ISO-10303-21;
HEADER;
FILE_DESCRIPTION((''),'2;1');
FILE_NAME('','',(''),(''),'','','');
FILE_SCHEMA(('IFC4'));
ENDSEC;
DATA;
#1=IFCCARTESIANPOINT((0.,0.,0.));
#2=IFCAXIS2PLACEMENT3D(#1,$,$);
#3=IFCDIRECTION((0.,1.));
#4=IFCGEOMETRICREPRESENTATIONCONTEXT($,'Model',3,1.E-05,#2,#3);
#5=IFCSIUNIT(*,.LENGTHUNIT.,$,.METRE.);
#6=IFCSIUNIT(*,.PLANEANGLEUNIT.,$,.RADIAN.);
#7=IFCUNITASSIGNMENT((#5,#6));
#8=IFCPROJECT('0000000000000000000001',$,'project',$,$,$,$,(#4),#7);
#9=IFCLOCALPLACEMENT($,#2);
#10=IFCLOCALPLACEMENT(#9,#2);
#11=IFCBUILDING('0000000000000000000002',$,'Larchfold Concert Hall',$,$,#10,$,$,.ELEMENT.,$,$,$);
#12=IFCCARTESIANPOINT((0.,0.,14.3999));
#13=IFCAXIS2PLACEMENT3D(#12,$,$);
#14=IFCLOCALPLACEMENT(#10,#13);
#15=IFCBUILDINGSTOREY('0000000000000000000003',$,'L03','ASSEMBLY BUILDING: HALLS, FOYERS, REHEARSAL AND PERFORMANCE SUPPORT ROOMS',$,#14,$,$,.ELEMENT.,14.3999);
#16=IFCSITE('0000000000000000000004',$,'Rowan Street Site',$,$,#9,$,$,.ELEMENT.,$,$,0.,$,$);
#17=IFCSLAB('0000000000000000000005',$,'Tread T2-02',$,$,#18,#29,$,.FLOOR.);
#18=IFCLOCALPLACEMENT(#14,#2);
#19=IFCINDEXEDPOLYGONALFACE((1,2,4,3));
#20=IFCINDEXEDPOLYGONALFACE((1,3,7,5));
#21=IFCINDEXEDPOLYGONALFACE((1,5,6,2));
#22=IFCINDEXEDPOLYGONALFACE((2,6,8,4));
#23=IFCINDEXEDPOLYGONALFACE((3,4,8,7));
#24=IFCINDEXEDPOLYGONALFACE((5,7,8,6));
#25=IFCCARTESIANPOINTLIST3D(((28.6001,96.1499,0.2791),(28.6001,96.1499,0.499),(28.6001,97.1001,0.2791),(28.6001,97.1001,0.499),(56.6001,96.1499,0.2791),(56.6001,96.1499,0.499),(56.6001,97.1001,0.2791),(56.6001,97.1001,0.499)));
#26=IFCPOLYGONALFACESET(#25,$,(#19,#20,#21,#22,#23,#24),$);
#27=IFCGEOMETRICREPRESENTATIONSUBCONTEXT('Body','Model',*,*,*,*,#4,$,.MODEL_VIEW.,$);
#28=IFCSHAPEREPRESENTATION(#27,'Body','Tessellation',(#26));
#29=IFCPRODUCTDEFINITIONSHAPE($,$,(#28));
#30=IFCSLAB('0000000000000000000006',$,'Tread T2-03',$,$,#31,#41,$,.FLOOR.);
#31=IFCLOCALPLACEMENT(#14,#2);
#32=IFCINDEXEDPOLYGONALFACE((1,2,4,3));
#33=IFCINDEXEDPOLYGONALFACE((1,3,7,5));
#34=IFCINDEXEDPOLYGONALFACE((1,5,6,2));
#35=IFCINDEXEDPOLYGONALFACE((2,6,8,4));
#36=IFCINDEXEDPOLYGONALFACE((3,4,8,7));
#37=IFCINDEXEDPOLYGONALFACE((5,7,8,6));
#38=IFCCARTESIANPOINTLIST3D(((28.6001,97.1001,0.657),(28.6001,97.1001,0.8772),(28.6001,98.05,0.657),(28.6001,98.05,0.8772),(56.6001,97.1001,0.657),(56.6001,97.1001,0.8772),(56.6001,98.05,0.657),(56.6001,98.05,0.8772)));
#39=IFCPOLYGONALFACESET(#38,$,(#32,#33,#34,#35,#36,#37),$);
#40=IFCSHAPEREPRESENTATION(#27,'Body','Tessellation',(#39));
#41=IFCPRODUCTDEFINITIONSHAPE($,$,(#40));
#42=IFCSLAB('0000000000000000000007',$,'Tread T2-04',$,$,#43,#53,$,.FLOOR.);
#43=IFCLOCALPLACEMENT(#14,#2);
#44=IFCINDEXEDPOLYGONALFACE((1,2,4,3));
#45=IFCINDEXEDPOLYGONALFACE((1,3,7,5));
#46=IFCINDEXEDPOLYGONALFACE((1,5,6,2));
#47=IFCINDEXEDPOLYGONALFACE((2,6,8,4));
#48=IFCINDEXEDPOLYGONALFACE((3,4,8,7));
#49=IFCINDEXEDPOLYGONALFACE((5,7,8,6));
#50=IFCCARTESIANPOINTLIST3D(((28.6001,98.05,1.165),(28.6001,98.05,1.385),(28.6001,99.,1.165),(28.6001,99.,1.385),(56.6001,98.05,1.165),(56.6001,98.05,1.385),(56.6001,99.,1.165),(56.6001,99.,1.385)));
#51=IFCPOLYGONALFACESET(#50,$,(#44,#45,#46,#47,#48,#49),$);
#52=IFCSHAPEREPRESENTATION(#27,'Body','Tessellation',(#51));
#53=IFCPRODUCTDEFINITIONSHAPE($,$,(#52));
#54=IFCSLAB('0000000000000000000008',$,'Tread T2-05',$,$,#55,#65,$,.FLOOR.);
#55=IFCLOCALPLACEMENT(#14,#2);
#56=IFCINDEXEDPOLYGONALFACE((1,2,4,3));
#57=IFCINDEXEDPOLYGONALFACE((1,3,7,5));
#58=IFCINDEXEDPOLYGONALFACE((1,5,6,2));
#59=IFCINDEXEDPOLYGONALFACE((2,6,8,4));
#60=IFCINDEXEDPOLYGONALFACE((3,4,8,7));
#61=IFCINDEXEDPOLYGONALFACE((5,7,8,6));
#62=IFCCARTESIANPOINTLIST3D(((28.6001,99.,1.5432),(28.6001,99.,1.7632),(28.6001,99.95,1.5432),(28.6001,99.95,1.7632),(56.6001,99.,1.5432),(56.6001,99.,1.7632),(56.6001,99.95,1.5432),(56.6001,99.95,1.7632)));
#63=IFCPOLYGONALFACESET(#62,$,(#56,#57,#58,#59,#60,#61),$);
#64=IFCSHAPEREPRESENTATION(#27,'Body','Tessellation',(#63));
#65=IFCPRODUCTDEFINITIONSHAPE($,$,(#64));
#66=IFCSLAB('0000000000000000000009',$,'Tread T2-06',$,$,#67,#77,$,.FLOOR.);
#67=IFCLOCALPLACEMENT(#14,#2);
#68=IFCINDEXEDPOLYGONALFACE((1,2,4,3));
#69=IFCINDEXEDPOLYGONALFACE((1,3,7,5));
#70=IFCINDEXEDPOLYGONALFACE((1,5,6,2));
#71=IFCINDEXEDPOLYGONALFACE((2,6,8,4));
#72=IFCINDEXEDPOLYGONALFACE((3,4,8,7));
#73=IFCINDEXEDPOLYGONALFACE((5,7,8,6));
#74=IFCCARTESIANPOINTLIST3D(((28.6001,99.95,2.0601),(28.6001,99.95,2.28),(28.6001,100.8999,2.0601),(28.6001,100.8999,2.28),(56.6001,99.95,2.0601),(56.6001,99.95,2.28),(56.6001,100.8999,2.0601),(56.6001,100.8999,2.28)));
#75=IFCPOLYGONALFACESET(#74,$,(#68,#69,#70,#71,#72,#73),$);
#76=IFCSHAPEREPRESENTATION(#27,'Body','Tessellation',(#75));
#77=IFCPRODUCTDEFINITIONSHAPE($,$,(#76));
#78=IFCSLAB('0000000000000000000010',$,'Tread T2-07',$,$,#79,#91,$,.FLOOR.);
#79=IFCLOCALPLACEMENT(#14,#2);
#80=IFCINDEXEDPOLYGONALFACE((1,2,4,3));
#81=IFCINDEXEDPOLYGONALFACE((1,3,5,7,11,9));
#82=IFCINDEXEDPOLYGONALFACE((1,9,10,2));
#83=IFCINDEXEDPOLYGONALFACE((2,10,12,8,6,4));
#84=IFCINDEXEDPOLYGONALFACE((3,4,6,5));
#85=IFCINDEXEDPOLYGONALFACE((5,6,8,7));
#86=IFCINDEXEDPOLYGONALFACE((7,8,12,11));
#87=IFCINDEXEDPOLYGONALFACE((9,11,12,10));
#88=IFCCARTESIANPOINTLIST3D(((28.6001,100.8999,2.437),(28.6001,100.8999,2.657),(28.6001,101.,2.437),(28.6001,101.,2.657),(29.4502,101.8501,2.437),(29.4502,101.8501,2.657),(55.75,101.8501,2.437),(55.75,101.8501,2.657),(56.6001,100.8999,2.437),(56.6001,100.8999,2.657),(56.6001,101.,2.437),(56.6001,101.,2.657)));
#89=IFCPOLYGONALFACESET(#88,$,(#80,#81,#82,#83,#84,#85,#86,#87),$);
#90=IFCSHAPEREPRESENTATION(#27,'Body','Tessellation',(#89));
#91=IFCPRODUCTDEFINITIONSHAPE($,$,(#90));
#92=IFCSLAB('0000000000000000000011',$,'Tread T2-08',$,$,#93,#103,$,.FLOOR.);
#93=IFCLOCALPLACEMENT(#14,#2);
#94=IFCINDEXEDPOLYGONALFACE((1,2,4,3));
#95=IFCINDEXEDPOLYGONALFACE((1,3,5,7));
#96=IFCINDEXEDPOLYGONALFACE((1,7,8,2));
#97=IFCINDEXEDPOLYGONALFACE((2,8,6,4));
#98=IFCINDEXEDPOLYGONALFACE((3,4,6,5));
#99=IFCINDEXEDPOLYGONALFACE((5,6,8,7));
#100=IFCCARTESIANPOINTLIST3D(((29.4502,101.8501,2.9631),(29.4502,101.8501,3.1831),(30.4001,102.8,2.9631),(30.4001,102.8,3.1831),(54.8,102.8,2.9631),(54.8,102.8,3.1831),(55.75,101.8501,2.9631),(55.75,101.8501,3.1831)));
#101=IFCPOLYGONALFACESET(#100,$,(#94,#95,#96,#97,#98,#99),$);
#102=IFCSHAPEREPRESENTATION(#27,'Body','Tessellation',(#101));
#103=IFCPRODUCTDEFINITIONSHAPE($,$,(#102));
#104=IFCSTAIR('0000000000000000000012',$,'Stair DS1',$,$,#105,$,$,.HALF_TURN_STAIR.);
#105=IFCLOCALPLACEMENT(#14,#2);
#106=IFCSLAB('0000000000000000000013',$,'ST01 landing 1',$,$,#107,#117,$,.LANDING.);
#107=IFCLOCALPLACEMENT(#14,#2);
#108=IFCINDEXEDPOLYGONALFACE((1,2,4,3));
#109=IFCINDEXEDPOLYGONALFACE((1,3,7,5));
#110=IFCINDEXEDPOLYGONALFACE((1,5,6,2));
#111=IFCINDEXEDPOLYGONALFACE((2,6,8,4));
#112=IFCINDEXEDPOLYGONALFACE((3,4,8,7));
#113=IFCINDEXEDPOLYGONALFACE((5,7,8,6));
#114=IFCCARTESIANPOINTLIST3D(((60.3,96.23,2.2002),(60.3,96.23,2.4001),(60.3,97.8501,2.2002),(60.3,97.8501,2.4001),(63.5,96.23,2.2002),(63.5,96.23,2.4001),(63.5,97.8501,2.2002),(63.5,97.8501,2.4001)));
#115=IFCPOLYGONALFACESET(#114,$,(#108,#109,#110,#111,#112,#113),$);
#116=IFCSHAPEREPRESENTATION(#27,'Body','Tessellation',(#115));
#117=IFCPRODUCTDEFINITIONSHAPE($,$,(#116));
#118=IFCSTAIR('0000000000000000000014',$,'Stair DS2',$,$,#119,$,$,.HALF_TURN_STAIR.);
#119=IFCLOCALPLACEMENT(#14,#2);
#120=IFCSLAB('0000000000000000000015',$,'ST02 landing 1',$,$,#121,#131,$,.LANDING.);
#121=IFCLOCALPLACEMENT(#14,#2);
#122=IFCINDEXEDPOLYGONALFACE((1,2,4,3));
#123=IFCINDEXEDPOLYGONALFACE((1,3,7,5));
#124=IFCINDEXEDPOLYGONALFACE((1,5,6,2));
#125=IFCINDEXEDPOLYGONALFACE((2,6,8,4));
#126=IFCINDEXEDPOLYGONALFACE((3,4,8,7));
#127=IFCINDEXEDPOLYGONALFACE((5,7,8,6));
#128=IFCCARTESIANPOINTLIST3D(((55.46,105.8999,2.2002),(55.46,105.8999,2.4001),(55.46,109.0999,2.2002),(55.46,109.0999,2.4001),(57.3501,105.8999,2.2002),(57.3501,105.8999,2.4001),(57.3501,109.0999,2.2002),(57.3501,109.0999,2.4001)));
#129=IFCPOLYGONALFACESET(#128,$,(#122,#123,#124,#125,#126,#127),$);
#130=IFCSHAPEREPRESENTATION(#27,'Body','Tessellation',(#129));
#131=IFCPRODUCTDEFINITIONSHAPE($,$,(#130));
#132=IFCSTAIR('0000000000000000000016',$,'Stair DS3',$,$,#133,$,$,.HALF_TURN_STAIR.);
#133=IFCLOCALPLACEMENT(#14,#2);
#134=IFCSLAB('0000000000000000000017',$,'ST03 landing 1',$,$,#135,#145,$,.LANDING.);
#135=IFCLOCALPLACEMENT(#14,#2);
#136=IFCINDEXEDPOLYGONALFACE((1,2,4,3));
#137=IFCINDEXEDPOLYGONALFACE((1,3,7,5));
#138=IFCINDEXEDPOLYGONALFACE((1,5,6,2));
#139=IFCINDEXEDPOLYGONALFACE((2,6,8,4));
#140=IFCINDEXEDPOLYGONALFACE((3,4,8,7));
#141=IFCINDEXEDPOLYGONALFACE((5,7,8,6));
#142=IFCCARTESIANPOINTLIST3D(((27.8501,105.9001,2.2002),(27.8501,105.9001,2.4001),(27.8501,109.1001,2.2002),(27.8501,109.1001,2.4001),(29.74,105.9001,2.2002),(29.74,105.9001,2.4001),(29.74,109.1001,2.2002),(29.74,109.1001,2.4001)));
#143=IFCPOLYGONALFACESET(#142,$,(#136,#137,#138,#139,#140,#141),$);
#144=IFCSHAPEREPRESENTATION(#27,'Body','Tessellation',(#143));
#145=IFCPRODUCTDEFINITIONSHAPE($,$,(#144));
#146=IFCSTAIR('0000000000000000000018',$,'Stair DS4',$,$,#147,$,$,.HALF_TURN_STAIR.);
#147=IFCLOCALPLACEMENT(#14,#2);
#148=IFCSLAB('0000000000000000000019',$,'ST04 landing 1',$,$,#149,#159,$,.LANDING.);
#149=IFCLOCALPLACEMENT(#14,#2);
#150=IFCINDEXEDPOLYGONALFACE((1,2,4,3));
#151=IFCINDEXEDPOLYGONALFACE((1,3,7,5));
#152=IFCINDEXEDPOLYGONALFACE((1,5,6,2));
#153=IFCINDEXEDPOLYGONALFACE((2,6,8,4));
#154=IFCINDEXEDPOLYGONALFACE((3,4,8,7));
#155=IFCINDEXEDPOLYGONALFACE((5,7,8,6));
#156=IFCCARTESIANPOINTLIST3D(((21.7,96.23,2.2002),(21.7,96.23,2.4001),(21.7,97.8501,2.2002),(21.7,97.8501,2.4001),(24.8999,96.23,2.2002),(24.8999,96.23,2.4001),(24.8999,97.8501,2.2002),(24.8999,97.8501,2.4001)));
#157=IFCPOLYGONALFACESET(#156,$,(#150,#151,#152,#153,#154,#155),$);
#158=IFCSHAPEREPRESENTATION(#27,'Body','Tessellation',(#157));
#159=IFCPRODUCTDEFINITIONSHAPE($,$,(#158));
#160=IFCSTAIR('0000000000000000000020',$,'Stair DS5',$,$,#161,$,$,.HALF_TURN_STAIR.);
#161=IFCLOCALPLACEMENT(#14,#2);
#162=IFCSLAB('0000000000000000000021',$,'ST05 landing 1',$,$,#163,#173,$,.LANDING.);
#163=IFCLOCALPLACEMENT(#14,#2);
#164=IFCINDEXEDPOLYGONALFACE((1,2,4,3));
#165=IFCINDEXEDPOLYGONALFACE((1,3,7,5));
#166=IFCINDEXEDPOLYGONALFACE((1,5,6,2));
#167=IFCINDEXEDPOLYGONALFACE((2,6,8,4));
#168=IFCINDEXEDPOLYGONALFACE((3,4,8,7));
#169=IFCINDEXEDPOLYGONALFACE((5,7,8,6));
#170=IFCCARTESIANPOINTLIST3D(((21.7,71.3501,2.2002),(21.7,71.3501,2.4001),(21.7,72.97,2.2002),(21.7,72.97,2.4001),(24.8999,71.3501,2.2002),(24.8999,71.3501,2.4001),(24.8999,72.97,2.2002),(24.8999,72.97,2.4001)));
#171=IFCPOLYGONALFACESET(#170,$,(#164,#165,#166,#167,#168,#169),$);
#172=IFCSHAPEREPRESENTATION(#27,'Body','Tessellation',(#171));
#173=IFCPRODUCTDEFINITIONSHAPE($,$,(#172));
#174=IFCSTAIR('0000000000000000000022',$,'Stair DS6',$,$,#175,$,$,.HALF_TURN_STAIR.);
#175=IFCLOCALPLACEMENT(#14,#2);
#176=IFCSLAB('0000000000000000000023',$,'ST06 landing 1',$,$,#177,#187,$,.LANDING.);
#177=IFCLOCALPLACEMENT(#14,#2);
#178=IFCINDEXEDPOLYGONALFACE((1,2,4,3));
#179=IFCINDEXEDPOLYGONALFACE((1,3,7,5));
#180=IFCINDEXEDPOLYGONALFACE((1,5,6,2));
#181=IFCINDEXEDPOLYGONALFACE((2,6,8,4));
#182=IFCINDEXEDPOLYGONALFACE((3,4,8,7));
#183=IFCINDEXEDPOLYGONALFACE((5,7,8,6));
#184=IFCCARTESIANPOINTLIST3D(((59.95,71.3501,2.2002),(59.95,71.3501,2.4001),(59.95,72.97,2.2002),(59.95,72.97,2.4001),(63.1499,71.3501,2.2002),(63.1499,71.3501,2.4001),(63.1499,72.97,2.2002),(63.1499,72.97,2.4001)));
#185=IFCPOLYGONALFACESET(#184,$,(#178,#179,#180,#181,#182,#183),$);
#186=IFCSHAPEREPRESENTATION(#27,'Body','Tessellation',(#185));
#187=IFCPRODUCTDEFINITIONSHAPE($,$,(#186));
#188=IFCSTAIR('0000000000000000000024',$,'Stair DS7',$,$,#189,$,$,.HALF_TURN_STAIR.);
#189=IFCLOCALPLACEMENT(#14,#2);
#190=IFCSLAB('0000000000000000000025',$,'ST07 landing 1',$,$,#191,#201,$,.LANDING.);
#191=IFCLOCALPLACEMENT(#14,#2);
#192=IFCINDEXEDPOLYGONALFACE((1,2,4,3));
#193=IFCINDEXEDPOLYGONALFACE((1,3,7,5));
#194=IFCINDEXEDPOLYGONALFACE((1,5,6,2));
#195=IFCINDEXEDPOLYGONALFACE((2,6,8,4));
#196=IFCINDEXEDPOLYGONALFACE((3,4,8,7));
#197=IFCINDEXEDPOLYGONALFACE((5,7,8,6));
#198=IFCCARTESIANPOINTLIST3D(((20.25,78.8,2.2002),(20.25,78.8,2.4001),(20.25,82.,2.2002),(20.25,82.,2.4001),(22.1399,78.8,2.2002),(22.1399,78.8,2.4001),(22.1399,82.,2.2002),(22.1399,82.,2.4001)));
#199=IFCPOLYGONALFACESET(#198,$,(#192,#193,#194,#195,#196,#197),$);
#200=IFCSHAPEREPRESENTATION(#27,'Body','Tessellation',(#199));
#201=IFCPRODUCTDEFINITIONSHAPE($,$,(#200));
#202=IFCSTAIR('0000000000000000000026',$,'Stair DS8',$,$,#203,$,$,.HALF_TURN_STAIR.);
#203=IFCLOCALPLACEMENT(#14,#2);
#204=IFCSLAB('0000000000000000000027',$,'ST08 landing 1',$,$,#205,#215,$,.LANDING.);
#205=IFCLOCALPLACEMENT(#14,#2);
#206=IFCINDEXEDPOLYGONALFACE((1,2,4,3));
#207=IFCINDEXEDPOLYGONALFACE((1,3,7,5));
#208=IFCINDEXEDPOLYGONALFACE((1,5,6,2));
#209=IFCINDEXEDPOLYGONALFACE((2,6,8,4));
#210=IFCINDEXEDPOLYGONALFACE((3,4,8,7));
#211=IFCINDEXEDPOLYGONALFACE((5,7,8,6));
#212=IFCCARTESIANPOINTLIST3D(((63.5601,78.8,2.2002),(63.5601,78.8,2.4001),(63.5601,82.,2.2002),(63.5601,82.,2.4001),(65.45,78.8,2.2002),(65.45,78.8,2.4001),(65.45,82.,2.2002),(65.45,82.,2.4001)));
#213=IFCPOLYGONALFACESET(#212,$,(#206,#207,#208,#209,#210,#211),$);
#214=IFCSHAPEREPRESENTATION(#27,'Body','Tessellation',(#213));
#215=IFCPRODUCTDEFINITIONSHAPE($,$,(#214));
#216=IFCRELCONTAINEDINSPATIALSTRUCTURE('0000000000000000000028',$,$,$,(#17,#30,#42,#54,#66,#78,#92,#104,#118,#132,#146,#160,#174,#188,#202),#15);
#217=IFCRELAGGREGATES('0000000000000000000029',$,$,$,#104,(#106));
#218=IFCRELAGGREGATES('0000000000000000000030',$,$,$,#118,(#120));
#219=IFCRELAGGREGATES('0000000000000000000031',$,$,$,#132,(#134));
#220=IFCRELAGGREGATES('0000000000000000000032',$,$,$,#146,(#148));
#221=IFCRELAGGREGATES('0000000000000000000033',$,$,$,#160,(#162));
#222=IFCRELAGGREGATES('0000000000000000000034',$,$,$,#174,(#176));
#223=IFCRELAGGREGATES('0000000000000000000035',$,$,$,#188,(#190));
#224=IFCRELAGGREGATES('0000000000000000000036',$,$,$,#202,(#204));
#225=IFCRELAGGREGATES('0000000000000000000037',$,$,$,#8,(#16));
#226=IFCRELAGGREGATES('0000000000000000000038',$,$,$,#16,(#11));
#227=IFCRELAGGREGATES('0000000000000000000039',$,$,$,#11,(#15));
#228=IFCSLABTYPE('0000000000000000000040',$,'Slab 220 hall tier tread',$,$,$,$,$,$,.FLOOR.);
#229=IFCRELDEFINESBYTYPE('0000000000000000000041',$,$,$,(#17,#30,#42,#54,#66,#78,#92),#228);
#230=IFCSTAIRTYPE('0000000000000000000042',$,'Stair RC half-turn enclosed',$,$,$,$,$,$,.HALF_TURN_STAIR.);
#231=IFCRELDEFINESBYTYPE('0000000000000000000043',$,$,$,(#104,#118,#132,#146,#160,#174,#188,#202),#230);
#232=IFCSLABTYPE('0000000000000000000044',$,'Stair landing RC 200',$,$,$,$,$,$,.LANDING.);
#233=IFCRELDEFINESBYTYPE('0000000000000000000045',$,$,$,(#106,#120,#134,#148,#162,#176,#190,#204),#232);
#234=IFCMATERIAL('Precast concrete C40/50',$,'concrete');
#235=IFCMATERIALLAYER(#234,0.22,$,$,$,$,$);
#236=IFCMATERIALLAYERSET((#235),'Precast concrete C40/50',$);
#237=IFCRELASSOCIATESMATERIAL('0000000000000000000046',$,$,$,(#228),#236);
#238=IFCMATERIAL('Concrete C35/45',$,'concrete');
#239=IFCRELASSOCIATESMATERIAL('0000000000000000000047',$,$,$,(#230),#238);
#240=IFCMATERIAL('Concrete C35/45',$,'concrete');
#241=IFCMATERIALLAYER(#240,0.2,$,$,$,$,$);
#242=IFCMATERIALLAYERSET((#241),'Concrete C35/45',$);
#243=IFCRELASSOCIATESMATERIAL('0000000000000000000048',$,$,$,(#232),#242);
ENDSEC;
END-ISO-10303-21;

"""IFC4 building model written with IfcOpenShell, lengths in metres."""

from ifc_helpers import new_model, si_unit, direction, frame, origin, place, context, subcontext, project, spatial, polyline, outline, extrude, material, layer, layer_set, type_object, element, aggregate, save


model = new_model("IFC4")

# Units and contexts
model_context = context("Model", 3, precision=1e-05, world=origin(), true_north=direction((0.0, 1.0)))
body_context = subcontext(model_context, "Body", "Model", "MODEL_VIEW")
ifc_project = project(units=[si_unit("LENGTHUNIT", "METRE"), si_unit("PLANEANGLEUNIT", "RADIAN")], contexts=[model_context])

# Site, building, storey
site_placement = place(None, origin())
site = spatial("IfcSite", under=ifc_project, at=site_placement, Name="Rowan Street Site", CompositionType="ELEMENT", RefElevation=0.0)
building_placement = place(site_placement, origin())
building = spatial("IfcBuilding", under=site, at=building_placement, Name="Larchfold Concert Hall", CompositionType="ELEMENT")
storey_placement = place(building_placement, frame((0.0, 0.0, 14.3999)))
storey = spatial("IfcBuildingStorey", under=building, at=storey_placement, Name="L03", Description="ASSEMBLY BUILDING: HALLS, FOYERS, REHEARSAL AND PERFORMANCE SUPPORT ROOMS", CompositionType="ELEMENT", Elevation=14.3999)

# Slabs
ifc_material_1 = material(Name="Precast concrete C40/50", Category="concrete")
ifc_layer_1 = layer(ifc_material_1, 0.22)
ifc_layer_set_1 = layer_set([ifc_layer_1], Name="Precast concrete C40/50")
slab_type_1 = type_object("IfcSlabType", Name="Slab 220 hall tier tread", PredefinedType="FLOOR", material=ifc_layer_set_1)
slab_1_placement = place(storey_placement, frame((0.0, 0.0, 0.2791)))
element("IfcSlab", 1, at=slab_1_placement, inside=storey, type_object=slab_type_1, Name="Tread T2-02", PredefinedType="FLOOR", context=body_context, shape_type="SweptSolid", body=[
    extrude(outline(polyline([(56.6001, 97.1001), (28.6001, 97.1001), (28.6001, 96.1499), (56.6001, 96.1499), (56.6001, 97.1001)])), origin(), (0.0, 0.0, 1.0), 0.22),
])
slab_2_placement = place(storey_placement, frame((0.0, 0.0, 0.657)))
element("IfcSlab", 2, at=slab_2_placement, inside=storey, type_object=slab_type_1, Name="Tread T2-03", PredefinedType="FLOOR", context=body_context, shape_type="SweptSolid", body=[
    extrude(outline(polyline([(56.6001, 98.05), (28.6001, 98.05), (28.6001, 97.1001), (56.6001, 97.1001), (56.6001, 98.05)])), origin(), (0.0, 0.0, 1.0), 0.2202),
])
slab_3_placement = place(storey_placement, frame((0.0, 0.0, 1.165)))
element("IfcSlab", 3, at=slab_3_placement, inside=storey, type_object=slab_type_1, Name="Tread T2-04", PredefinedType="FLOOR", context=body_context, shape_type="SweptSolid", body=[
    extrude(outline(polyline([(56.6001, 99.0), (28.6001, 99.0), (28.6001, 98.05), (56.6001, 98.05), (56.6001, 99.0)])), origin(), (0.0, 0.0, 1.0), 0.22),
])
slab_4_placement = place(storey_placement, frame((0.0, 0.0, 1.5432)))
element("IfcSlab", 4, at=slab_4_placement, inside=storey, type_object=slab_type_1, Name="Tread T2-05", PredefinedType="FLOOR", context=body_context, shape_type="SweptSolid", body=[
    extrude(outline(polyline([(56.6001, 99.95), (28.6001, 99.95), (28.6001, 99.0), (56.6001, 99.0), (56.6001, 99.95)])), origin(), (0.0, 0.0, 1.0), 0.22),
])
slab_5_placement = place(storey_placement, frame((0.0, 0.0, 2.0601)))
element("IfcSlab", 5, at=slab_5_placement, inside=storey, type_object=slab_type_1, Name="Tread T2-06", PredefinedType="FLOOR", context=body_context, shape_type="SweptSolid", body=[
    extrude(outline(polyline([(56.6001, 100.8999), (28.6001, 100.8999), (28.6001, 99.95), (56.6001, 99.95), (56.6001, 100.8999)])), origin(), (0.0, 0.0, 1.0), 0.22),
])
slab_6_placement = place(storey_placement, frame((0.0, 0.0, 2.437)))
element("IfcSlab", 6, at=slab_6_placement, inside=storey, type_object=slab_type_1, Name="Tread T2-07", PredefinedType="FLOOR", context=body_context, shape_type="SweptSolid", body=[
    extrude(outline(polyline([(55.75, 101.8501), (29.4502, 101.8501), (28.6001, 101.0), (28.6001, 100.8999), (56.6001, 100.8999), (56.6001, 101.0), (55.75, 101.8501)])), origin(), (0.0, 0.0, 1.0), 0.22),
])
slab_7_placement = place(storey_placement, frame((0.0, 0.0, 2.9631)))
element("IfcSlab", 7, at=slab_7_placement, inside=storey, type_object=slab_type_1, Name="Tread T2-08", PredefinedType="FLOOR", context=body_context, shape_type="SweptSolid", body=[
    extrude(outline(polyline([(54.8, 102.8), (30.4001, 102.8), (29.4502, 101.8501), (55.75, 101.8501), (54.8, 102.8)])), origin(), (0.0, 0.0, 1.0), 0.22),
])

# Stairs, slabs
ifc_material_2 = material(Name="Concrete C35/45", Category="concrete")
stair_type = type_object("IfcStairType", Name="Stair RC half-turn enclosed", PredefinedType="HALF_TURN_STAIR", material=ifc_material_2)
stair_1_placement = place(storey_placement, origin())
stair_1 = element("IfcStair", 8, at=stair_1_placement, inside=storey, type_object=stair_type, Name="Stair DS1", PredefinedType="HALF_TURN_STAIR")
ifc_material_3 = material(Name="Concrete C35/45", Category="concrete")
ifc_layer_2 = layer(ifc_material_3, 0.2)
ifc_layer_set_2 = layer_set([ifc_layer_2], Name="Concrete C35/45")
slab_type_2 = type_object("IfcSlabType", Name="Stair landing RC 200", PredefinedType="LANDING", material=ifc_layer_set_2)
slab_8_placement = place(storey_placement, frame((0.0, 0.0, 2.2002)))
slab_8 = element("IfcSlab", 9, at=slab_8_placement, type_object=slab_type_2, Name="ST01 landing 1", PredefinedType="LANDING", context=body_context, shape_type="SweptSolid", body=[
    extrude(outline(polyline([(63.5, 96.23), (63.5, 97.8501), (60.3, 97.8501), (60.3, 96.23), (63.5, 96.23)])), origin(), (0.0, 0.0, 1.0), 0.2),
])
aggregate(stair_1, [slab_8])
stair_2_placement = place(storey_placement, origin())
stair_2 = element("IfcStair", 10, at=stair_2_placement, inside=storey, type_object=stair_type, Name="Stair DS2", PredefinedType="HALF_TURN_STAIR")
slab_9_placement = place(storey_placement, frame((0.0, 0.0, 2.2002)))
slab_9 = element("IfcSlab", 11, at=slab_9_placement, type_object=slab_type_2, Name="ST02 landing 1", PredefinedType="LANDING", context=body_context, shape_type="SweptSolid", body=[
    extrude(outline(polyline([(55.46, 105.8999), (57.3501, 105.8999), (57.3501, 109.0999), (55.46, 109.0999), (55.46, 105.8999)])), origin(), (0.0, 0.0, 1.0), 0.2),
])
aggregate(stair_2, [slab_9])
stair_3_placement = place(storey_placement, origin())
stair_3 = element("IfcStair", 12, at=stair_3_placement, inside=storey, type_object=stair_type, Name="Stair DS3", PredefinedType="HALF_TURN_STAIR")
slab_10_placement = place(storey_placement, frame((0.0, 0.0, 2.2002)))
slab_10 = element("IfcSlab", 13, at=slab_10_placement, type_object=slab_type_2, Name="ST03 landing 1", PredefinedType="LANDING", context=body_context, shape_type="SweptSolid", body=[
    extrude(outline(polyline([(29.74, 109.1001), (27.8501, 109.1001), (27.8501, 105.9001), (29.74, 105.9001), (29.74, 109.1001)])), origin(), (0.0, 0.0, 1.0), 0.2),
])
aggregate(stair_3, [slab_10])
stair_4_placement = place(storey_placement, origin())
stair_4 = element("IfcStair", 14, at=stair_4_placement, inside=storey, type_object=stair_type, Name="Stair DS4", PredefinedType="HALF_TURN_STAIR")
slab_11_placement = place(storey_placement, frame((0.0, 0.0, 2.2002)))
slab_11 = element("IfcSlab", 15, at=slab_11_placement, type_object=slab_type_2, Name="ST04 landing 1", PredefinedType="LANDING", context=body_context, shape_type="SweptSolid", body=[
    extrude(outline(polyline([(24.8999, 96.23), (24.8999, 97.8501), (21.7, 97.8501), (21.7, 96.23), (24.8999, 96.23)])), origin(), (0.0, 0.0, 1.0), 0.2),
])
aggregate(stair_4, [slab_11])
stair_5_placement = place(storey_placement, origin())
stair_5 = element("IfcStair", 16, at=stair_5_placement, inside=storey, type_object=stair_type, Name="Stair DS5", PredefinedType="HALF_TURN_STAIR")
slab_12_placement = place(storey_placement, frame((0.0, 0.0, 2.2002)))
slab_12 = element("IfcSlab", 17, at=slab_12_placement, type_object=slab_type_2, Name="ST05 landing 1", PredefinedType="LANDING", context=body_context, shape_type="SweptSolid", body=[
    extrude(outline(polyline([(21.7, 72.97), (21.7, 71.3501), (24.8999, 71.3501), (24.8999, 72.97), (21.7, 72.97)])), origin(), (0.0, 0.0, 1.0), 0.2),
])
aggregate(stair_5, [slab_12])
stair_6_placement = place(storey_placement, origin())
stair_6 = element("IfcStair", 18, at=stair_6_placement, inside=storey, type_object=stair_type, Name="Stair DS6", PredefinedType="HALF_TURN_STAIR")
slab_13_placement = place(storey_placement, frame((0.0, 0.0, 2.2002)))
slab_13 = element("IfcSlab", 19, at=slab_13_placement, type_object=slab_type_2, Name="ST06 landing 1", PredefinedType="LANDING", context=body_context, shape_type="SweptSolid", body=[
    extrude(outline(polyline([(59.95, 72.97), (59.95, 71.3501), (63.1499, 71.3501), (63.1499, 72.97), (59.95, 72.97)])), origin(), (0.0, 0.0, 1.0), 0.2),
])
aggregate(stair_6, [slab_13])
stair_7_placement = place(storey_placement, origin())
stair_7 = element("IfcStair", 20, at=stair_7_placement, inside=storey, type_object=stair_type, Name="Stair DS7", PredefinedType="HALF_TURN_STAIR")
slab_14_placement = place(storey_placement, frame((0.0, 0.0, 2.2002)))
slab_14 = element("IfcSlab", 21, at=slab_14_placement, type_object=slab_type_2, Name="ST07 landing 1", PredefinedType="LANDING", context=body_context, shape_type="SweptSolid", body=[
    extrude(outline(polyline([(22.1399, 82.0), (20.25, 82.0), (20.25, 78.8), (22.1399, 78.8), (22.1399, 82.0)])), origin(), (0.0, 0.0, 1.0), 0.2),
])
aggregate(stair_7, [slab_14])
stair_8_placement = place(storey_placement, origin())
stair_8 = element("IfcStair", 22, at=stair_8_placement, inside=storey, type_object=stair_type, Name="Stair DS8", PredefinedType="HALF_TURN_STAIR")
slab_15_placement = place(storey_placement, frame((0.0, 0.0, 2.2002)))
slab_15 = element("IfcSlab", 23, at=slab_15_placement, type_object=slab_type_2, Name="ST08 landing 1", PredefinedType="LANDING", context=body_context, shape_type="SweptSolid", body=[
    extrude(outline(polyline([(63.5601, 78.8), (65.45, 78.8), (65.45, 82.0), (63.5601, 82.0), (63.5601, 78.8)])), origin(), (0.0, 0.0, 1.0), 0.2),
])
aggregate(stair_8, [slab_15])

save(model, "model.ifc")
